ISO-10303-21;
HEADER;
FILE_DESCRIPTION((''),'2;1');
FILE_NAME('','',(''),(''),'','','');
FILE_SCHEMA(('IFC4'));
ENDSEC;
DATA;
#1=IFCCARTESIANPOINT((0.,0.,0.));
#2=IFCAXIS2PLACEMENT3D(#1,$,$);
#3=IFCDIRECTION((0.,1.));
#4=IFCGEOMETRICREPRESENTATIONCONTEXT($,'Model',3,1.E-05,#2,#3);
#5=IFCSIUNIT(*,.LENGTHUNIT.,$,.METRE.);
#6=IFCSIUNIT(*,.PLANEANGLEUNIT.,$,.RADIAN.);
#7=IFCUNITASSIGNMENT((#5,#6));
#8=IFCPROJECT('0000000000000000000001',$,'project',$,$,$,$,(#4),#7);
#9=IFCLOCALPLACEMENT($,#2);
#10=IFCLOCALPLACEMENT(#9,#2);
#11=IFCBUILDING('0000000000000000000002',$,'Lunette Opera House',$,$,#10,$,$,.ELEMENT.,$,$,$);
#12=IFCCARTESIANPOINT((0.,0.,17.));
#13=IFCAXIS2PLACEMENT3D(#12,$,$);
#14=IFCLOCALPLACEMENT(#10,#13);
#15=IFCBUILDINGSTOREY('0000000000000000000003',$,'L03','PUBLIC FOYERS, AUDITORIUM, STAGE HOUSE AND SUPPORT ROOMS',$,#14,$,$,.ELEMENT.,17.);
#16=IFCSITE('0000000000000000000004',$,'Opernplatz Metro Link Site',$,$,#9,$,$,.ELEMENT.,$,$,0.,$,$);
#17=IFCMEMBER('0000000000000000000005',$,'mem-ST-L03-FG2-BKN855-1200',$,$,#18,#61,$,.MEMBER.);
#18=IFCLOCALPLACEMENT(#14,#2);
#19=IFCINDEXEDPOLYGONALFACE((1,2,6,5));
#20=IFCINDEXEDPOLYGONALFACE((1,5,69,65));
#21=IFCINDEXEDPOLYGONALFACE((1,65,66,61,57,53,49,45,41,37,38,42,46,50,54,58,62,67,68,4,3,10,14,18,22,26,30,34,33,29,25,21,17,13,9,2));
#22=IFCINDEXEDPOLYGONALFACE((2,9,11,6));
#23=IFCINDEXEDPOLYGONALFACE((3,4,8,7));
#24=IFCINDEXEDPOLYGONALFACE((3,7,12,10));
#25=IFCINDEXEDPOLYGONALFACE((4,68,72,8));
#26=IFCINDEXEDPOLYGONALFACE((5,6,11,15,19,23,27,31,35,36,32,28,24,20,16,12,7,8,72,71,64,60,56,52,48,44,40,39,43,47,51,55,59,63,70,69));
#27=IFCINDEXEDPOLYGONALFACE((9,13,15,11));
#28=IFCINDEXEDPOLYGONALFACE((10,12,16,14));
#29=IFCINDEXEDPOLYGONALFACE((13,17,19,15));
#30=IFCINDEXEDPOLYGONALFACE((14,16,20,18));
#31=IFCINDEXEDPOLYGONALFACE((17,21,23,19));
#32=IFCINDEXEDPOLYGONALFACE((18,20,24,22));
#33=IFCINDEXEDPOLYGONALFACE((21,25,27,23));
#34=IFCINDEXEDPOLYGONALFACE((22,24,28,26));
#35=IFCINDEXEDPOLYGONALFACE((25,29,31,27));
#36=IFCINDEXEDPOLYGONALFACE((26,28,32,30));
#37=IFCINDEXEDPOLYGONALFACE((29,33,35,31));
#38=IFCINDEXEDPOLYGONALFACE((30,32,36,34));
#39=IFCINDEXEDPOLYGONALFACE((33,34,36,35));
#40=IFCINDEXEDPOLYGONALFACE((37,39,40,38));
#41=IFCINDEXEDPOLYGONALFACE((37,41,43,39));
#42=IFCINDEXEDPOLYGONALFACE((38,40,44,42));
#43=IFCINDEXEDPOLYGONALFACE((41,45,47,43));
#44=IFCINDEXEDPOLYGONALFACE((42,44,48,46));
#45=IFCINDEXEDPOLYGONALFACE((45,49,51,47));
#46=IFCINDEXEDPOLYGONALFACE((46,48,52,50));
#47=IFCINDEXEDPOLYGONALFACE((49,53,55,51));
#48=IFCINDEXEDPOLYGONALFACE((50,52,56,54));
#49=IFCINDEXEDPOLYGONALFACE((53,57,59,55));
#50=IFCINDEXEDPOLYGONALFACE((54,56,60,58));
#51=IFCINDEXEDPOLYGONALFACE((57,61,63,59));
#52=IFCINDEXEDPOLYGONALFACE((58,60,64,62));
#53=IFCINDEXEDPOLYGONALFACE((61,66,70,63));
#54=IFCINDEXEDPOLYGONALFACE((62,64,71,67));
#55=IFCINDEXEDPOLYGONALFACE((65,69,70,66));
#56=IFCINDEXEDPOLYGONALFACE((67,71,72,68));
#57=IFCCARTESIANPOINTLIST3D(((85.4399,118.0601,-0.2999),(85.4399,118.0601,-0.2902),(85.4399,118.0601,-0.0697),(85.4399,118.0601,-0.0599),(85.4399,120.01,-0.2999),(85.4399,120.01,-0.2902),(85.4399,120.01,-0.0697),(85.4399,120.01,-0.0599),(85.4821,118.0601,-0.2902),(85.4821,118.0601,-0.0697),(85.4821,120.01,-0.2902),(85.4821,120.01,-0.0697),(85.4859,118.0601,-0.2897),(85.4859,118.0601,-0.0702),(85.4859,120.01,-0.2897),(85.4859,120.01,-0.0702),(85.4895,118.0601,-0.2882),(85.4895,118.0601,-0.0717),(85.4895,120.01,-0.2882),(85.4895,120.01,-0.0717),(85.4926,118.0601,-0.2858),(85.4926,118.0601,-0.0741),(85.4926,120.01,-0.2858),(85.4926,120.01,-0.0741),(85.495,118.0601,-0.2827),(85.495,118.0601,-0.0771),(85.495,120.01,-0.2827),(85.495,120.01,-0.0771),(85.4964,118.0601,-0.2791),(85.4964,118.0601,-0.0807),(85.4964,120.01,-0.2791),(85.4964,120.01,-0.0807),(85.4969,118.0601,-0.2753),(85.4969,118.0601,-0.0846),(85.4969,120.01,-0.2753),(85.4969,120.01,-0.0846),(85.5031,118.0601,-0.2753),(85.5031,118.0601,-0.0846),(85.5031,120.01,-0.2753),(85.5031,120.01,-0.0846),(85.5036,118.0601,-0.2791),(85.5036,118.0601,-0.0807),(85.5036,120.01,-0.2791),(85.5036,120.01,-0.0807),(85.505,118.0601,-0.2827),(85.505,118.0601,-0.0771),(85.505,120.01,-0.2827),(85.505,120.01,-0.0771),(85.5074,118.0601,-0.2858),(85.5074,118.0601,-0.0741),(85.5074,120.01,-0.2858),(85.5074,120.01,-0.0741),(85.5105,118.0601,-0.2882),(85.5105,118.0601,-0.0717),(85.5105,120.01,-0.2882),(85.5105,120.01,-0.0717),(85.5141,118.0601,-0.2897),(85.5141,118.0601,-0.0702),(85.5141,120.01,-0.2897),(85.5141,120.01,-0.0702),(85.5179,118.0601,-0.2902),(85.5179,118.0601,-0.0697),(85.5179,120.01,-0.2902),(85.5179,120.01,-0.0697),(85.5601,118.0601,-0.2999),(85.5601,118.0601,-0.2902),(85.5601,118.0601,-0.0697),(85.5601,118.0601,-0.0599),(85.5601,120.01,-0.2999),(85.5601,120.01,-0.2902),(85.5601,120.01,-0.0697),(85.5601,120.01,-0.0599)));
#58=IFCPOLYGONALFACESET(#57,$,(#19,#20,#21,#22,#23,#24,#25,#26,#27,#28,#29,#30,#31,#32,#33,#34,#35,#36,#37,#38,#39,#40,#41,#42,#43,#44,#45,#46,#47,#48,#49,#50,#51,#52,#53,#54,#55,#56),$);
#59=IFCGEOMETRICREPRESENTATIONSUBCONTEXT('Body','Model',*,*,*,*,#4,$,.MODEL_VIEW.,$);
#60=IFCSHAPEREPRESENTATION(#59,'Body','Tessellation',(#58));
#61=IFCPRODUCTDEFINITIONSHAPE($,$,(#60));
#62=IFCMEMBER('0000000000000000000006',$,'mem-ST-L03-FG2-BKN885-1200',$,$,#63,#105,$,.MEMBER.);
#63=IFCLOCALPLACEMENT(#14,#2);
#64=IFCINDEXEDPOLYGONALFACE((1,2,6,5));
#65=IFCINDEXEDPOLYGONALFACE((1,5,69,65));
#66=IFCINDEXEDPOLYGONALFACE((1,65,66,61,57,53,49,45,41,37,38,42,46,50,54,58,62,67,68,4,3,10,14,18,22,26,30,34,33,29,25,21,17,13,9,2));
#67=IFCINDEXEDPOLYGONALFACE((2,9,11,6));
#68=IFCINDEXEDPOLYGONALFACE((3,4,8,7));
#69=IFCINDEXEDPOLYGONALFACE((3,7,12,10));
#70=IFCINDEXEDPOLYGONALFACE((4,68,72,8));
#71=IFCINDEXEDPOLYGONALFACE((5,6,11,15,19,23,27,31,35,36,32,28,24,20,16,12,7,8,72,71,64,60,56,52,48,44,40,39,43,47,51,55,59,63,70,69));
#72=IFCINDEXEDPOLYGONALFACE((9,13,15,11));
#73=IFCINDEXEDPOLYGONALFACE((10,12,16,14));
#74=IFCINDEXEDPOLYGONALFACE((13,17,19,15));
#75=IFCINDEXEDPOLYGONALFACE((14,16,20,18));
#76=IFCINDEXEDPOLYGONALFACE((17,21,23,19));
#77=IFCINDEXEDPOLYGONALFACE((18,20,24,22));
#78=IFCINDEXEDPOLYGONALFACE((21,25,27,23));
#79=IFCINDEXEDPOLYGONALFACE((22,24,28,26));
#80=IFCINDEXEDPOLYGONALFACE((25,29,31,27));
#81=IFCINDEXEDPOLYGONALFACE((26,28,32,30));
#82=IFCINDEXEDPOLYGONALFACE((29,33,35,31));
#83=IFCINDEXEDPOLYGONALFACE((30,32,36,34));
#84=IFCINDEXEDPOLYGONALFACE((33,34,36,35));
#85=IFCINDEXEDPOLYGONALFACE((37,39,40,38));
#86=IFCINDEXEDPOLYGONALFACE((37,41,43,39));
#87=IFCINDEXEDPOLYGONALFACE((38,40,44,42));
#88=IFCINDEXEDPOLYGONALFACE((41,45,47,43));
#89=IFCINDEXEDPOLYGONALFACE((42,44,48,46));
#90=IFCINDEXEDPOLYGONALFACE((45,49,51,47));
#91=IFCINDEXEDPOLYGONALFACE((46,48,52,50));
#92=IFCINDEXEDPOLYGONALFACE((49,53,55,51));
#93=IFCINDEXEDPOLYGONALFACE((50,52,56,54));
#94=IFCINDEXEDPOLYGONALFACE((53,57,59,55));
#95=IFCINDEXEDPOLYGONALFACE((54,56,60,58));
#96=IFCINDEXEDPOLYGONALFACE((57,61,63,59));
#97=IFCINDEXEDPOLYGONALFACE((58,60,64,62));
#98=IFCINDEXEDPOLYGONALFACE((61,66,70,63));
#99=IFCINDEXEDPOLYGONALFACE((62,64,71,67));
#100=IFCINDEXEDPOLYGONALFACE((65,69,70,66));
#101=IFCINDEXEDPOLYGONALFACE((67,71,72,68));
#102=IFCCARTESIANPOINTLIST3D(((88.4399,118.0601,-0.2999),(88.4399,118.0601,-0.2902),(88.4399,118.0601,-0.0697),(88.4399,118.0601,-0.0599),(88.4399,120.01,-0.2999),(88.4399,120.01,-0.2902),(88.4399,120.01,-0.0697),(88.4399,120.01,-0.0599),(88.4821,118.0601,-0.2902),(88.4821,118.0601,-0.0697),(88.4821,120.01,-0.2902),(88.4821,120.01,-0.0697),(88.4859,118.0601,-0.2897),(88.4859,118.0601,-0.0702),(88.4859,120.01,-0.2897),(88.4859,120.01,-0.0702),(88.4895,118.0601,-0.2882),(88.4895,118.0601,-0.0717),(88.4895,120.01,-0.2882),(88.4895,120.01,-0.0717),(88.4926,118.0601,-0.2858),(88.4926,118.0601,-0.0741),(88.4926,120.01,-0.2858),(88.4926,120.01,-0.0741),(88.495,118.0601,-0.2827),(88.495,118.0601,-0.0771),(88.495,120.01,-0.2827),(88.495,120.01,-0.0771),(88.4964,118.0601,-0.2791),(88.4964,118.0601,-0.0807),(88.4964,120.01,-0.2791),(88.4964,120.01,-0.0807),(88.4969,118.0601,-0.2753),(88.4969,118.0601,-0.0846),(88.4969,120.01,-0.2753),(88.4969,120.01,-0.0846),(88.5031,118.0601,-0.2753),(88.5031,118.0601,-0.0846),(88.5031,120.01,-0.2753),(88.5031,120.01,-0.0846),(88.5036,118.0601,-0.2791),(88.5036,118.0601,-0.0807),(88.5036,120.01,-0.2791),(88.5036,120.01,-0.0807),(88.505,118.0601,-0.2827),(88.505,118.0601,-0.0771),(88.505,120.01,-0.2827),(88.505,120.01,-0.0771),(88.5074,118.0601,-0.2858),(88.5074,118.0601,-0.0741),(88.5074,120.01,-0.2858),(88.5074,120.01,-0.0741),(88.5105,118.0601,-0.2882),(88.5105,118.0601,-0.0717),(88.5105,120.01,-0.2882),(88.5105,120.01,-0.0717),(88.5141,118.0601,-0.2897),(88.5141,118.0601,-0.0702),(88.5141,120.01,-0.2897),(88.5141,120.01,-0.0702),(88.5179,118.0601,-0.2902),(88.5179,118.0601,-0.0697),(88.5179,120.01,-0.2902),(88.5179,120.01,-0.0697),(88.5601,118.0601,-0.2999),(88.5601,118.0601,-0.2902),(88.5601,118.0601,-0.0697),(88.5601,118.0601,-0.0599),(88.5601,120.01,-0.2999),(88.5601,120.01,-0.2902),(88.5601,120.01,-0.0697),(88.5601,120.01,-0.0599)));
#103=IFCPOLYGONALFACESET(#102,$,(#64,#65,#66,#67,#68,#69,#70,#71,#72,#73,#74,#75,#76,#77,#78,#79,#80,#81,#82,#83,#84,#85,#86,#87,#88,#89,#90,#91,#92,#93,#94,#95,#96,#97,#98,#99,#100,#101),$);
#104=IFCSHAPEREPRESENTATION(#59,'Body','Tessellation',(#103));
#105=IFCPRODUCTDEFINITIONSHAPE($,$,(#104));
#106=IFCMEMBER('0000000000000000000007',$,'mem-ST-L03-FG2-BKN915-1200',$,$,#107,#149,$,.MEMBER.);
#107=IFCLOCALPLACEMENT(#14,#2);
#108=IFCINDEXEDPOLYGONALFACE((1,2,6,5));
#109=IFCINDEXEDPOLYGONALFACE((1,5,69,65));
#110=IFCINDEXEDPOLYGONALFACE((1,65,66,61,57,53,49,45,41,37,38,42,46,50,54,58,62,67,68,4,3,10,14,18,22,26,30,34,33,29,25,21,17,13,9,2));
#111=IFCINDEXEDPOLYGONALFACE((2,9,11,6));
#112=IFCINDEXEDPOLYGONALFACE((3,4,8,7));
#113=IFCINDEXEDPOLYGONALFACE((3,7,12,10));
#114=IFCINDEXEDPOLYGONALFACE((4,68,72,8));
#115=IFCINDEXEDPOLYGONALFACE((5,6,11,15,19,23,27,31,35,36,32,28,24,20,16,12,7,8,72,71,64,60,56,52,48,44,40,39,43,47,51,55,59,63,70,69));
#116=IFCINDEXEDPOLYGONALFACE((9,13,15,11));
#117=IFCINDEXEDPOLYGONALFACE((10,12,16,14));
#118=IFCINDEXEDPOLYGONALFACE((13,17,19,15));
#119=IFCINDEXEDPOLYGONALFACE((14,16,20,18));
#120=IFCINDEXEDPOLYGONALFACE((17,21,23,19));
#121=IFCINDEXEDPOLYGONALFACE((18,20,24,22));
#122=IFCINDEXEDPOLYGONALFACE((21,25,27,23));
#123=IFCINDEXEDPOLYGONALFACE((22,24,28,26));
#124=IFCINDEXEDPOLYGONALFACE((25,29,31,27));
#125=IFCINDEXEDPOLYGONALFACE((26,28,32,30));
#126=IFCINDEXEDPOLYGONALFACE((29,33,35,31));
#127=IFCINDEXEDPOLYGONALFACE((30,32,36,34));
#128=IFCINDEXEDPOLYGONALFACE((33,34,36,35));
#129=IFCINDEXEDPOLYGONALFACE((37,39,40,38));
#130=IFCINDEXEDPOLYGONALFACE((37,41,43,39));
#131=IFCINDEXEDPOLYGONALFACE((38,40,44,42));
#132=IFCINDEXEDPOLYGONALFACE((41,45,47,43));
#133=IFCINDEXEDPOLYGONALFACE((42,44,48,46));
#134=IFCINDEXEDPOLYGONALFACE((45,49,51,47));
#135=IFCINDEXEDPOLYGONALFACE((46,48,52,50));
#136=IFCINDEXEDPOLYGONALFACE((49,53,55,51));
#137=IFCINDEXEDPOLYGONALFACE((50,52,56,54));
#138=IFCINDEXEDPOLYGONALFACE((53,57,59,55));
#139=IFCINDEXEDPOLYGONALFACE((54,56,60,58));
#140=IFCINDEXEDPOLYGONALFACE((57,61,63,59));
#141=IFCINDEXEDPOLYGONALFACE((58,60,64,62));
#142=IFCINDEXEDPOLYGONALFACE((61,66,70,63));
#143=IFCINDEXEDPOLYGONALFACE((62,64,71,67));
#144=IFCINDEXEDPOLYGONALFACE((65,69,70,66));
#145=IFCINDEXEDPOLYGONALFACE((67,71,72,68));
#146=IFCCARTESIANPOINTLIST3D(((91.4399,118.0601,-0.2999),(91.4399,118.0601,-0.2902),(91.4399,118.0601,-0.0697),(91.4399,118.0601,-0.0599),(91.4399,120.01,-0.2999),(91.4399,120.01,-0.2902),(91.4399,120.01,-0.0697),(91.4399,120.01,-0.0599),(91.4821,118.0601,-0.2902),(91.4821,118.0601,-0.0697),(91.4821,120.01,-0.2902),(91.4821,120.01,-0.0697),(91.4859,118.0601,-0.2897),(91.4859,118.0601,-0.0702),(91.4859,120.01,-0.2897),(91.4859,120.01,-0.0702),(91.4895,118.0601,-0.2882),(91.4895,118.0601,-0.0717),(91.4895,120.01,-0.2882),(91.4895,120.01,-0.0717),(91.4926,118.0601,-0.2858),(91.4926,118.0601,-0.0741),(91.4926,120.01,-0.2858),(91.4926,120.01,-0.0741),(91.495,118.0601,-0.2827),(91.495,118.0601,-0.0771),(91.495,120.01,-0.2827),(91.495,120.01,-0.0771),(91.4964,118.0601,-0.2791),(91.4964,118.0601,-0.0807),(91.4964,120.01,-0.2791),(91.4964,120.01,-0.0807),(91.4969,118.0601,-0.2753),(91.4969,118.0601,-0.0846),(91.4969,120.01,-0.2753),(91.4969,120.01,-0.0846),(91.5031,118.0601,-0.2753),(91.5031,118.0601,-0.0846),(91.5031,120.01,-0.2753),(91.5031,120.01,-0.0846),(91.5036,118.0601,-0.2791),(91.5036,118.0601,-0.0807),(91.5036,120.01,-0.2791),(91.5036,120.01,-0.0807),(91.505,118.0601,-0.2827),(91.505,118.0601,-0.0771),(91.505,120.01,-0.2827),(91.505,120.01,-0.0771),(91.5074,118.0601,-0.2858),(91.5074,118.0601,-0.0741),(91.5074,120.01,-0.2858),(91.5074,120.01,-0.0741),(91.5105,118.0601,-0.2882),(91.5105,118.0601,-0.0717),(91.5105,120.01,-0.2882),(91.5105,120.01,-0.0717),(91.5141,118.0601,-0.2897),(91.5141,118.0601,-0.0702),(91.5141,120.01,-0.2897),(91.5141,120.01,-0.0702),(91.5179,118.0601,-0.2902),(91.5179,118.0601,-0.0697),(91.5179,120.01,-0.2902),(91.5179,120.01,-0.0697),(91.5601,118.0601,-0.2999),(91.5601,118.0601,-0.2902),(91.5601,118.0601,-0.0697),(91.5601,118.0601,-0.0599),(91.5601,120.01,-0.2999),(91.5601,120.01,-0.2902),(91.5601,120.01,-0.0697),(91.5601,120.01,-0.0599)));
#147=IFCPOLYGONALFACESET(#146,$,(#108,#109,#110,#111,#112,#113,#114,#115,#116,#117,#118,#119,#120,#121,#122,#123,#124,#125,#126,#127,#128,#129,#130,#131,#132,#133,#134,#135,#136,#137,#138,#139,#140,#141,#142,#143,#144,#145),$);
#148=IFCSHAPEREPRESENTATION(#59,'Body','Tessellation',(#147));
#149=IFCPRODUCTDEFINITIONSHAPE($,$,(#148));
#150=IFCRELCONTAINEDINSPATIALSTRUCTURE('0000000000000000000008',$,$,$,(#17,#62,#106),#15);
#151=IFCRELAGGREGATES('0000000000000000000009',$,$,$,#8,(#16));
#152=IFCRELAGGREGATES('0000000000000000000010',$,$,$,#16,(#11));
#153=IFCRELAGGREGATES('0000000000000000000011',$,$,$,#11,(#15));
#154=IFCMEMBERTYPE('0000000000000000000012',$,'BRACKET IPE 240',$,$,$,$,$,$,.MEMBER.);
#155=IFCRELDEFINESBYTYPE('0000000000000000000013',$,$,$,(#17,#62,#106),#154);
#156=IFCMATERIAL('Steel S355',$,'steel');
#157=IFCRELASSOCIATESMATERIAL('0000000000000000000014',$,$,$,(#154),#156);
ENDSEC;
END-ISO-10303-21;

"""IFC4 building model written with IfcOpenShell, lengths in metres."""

from ifc_helpers import new_model, si_unit, direction, frame, origin, origin_2d, place, context, subcontext, project, spatial, i_section, extrude, material, material_profile, profile_set, type_object, element, save


model = new_model("IFC4")

# Units and contexts
model_context = context("Model", 3, precision=1e-05, world=origin(), true_north=direction((0.0, 1.0)))
body_context = subcontext(model_context, "Body", "Model", "MODEL_VIEW")
ifc_project = project(units=[si_unit("LENGTHUNIT", "METRE"), si_unit("PLANEANGLEUNIT", "RADIAN")], contexts=[model_context])

# Site, building, storey
site_placement = place(None, origin())
site = spatial("IfcSite", under=ifc_project, at=site_placement, Name="Opernplatz Metro Link Site", CompositionType="ELEMENT", RefElevation=0.0)
building_placement = place(site_placement, origin())
building = spatial("IfcBuilding", under=site, at=building_placement, Name="Lunette Opera House", CompositionType="ELEMENT")
storey_placement = place(building_placement, frame((0.0, 0.0, 17.0)))
storey = spatial("IfcBuildingStorey", under=building, at=storey_placement, Name="L03", Description="PUBLIC FOYERS, AUDITORIUM, STAGE HOUSE AND SUPPORT ROOMS", CompositionType="ELEMENT", Elevation=17.0)

# Members
ifc_material_1 = material(Name="Steel S355", Category="steel")
ifc_material_profile_1 = material_profile(ifc_material_1, i_section(OverallWidth=0.1201, OverallDepth=0.24, WebThickness=0.0061, FlangeThickness=0.0098, FilletRadius=0.0149, at=origin_2d()), Name="IPE 240")
ifc_profile_set_1 = profile_set([ifc_material_profile_1], Name="Steel S355")
member_type_1 = type_object("IfcMemberType", Name="BRACKET IPE 240", PredefinedType="MEMBER", material=ifc_profile_set_1)
for number, where, z_axis, x_axis, name in (
    (1, (85.5, 120.01, -0.1799), (0.0, -1.0, 0.0), (1.0, 0.0, 0.0), "mem-ST-L03-FG2-BKN855-1200"),
    (2, (88.5, 120.01, -0.1799), (0.0, -1.0, 0.0), (1.0, 0.0, 0.0), "mem-ST-L03-FG2-BKN885-1200"),
    (3, (91.5, 120.01, -0.1799), (0.0, -1.0, 0.0), (1.0, 0.0, 0.0), "mem-ST-L03-FG2-BKN915-1200"),
):
    element("IfcMember", number, at=place(storey_placement, frame(where, z_axis=z_axis, x_axis=x_axis)), inside=storey, type_object=member_type_1, Name=name, PredefinedType="MEMBER", context=body_context, shape_type="SweptSolid", body=[
        extrude(i_section(OverallWidth=0.1201, OverallDepth=0.24, WebThickness=0.0061, FlangeThickness=0.0098, FilletRadius=0.0149, at=origin_2d()), origin(), (0.0, 0.0, 1.0), 1.95),
    ])

save(model, "model.ifc")
